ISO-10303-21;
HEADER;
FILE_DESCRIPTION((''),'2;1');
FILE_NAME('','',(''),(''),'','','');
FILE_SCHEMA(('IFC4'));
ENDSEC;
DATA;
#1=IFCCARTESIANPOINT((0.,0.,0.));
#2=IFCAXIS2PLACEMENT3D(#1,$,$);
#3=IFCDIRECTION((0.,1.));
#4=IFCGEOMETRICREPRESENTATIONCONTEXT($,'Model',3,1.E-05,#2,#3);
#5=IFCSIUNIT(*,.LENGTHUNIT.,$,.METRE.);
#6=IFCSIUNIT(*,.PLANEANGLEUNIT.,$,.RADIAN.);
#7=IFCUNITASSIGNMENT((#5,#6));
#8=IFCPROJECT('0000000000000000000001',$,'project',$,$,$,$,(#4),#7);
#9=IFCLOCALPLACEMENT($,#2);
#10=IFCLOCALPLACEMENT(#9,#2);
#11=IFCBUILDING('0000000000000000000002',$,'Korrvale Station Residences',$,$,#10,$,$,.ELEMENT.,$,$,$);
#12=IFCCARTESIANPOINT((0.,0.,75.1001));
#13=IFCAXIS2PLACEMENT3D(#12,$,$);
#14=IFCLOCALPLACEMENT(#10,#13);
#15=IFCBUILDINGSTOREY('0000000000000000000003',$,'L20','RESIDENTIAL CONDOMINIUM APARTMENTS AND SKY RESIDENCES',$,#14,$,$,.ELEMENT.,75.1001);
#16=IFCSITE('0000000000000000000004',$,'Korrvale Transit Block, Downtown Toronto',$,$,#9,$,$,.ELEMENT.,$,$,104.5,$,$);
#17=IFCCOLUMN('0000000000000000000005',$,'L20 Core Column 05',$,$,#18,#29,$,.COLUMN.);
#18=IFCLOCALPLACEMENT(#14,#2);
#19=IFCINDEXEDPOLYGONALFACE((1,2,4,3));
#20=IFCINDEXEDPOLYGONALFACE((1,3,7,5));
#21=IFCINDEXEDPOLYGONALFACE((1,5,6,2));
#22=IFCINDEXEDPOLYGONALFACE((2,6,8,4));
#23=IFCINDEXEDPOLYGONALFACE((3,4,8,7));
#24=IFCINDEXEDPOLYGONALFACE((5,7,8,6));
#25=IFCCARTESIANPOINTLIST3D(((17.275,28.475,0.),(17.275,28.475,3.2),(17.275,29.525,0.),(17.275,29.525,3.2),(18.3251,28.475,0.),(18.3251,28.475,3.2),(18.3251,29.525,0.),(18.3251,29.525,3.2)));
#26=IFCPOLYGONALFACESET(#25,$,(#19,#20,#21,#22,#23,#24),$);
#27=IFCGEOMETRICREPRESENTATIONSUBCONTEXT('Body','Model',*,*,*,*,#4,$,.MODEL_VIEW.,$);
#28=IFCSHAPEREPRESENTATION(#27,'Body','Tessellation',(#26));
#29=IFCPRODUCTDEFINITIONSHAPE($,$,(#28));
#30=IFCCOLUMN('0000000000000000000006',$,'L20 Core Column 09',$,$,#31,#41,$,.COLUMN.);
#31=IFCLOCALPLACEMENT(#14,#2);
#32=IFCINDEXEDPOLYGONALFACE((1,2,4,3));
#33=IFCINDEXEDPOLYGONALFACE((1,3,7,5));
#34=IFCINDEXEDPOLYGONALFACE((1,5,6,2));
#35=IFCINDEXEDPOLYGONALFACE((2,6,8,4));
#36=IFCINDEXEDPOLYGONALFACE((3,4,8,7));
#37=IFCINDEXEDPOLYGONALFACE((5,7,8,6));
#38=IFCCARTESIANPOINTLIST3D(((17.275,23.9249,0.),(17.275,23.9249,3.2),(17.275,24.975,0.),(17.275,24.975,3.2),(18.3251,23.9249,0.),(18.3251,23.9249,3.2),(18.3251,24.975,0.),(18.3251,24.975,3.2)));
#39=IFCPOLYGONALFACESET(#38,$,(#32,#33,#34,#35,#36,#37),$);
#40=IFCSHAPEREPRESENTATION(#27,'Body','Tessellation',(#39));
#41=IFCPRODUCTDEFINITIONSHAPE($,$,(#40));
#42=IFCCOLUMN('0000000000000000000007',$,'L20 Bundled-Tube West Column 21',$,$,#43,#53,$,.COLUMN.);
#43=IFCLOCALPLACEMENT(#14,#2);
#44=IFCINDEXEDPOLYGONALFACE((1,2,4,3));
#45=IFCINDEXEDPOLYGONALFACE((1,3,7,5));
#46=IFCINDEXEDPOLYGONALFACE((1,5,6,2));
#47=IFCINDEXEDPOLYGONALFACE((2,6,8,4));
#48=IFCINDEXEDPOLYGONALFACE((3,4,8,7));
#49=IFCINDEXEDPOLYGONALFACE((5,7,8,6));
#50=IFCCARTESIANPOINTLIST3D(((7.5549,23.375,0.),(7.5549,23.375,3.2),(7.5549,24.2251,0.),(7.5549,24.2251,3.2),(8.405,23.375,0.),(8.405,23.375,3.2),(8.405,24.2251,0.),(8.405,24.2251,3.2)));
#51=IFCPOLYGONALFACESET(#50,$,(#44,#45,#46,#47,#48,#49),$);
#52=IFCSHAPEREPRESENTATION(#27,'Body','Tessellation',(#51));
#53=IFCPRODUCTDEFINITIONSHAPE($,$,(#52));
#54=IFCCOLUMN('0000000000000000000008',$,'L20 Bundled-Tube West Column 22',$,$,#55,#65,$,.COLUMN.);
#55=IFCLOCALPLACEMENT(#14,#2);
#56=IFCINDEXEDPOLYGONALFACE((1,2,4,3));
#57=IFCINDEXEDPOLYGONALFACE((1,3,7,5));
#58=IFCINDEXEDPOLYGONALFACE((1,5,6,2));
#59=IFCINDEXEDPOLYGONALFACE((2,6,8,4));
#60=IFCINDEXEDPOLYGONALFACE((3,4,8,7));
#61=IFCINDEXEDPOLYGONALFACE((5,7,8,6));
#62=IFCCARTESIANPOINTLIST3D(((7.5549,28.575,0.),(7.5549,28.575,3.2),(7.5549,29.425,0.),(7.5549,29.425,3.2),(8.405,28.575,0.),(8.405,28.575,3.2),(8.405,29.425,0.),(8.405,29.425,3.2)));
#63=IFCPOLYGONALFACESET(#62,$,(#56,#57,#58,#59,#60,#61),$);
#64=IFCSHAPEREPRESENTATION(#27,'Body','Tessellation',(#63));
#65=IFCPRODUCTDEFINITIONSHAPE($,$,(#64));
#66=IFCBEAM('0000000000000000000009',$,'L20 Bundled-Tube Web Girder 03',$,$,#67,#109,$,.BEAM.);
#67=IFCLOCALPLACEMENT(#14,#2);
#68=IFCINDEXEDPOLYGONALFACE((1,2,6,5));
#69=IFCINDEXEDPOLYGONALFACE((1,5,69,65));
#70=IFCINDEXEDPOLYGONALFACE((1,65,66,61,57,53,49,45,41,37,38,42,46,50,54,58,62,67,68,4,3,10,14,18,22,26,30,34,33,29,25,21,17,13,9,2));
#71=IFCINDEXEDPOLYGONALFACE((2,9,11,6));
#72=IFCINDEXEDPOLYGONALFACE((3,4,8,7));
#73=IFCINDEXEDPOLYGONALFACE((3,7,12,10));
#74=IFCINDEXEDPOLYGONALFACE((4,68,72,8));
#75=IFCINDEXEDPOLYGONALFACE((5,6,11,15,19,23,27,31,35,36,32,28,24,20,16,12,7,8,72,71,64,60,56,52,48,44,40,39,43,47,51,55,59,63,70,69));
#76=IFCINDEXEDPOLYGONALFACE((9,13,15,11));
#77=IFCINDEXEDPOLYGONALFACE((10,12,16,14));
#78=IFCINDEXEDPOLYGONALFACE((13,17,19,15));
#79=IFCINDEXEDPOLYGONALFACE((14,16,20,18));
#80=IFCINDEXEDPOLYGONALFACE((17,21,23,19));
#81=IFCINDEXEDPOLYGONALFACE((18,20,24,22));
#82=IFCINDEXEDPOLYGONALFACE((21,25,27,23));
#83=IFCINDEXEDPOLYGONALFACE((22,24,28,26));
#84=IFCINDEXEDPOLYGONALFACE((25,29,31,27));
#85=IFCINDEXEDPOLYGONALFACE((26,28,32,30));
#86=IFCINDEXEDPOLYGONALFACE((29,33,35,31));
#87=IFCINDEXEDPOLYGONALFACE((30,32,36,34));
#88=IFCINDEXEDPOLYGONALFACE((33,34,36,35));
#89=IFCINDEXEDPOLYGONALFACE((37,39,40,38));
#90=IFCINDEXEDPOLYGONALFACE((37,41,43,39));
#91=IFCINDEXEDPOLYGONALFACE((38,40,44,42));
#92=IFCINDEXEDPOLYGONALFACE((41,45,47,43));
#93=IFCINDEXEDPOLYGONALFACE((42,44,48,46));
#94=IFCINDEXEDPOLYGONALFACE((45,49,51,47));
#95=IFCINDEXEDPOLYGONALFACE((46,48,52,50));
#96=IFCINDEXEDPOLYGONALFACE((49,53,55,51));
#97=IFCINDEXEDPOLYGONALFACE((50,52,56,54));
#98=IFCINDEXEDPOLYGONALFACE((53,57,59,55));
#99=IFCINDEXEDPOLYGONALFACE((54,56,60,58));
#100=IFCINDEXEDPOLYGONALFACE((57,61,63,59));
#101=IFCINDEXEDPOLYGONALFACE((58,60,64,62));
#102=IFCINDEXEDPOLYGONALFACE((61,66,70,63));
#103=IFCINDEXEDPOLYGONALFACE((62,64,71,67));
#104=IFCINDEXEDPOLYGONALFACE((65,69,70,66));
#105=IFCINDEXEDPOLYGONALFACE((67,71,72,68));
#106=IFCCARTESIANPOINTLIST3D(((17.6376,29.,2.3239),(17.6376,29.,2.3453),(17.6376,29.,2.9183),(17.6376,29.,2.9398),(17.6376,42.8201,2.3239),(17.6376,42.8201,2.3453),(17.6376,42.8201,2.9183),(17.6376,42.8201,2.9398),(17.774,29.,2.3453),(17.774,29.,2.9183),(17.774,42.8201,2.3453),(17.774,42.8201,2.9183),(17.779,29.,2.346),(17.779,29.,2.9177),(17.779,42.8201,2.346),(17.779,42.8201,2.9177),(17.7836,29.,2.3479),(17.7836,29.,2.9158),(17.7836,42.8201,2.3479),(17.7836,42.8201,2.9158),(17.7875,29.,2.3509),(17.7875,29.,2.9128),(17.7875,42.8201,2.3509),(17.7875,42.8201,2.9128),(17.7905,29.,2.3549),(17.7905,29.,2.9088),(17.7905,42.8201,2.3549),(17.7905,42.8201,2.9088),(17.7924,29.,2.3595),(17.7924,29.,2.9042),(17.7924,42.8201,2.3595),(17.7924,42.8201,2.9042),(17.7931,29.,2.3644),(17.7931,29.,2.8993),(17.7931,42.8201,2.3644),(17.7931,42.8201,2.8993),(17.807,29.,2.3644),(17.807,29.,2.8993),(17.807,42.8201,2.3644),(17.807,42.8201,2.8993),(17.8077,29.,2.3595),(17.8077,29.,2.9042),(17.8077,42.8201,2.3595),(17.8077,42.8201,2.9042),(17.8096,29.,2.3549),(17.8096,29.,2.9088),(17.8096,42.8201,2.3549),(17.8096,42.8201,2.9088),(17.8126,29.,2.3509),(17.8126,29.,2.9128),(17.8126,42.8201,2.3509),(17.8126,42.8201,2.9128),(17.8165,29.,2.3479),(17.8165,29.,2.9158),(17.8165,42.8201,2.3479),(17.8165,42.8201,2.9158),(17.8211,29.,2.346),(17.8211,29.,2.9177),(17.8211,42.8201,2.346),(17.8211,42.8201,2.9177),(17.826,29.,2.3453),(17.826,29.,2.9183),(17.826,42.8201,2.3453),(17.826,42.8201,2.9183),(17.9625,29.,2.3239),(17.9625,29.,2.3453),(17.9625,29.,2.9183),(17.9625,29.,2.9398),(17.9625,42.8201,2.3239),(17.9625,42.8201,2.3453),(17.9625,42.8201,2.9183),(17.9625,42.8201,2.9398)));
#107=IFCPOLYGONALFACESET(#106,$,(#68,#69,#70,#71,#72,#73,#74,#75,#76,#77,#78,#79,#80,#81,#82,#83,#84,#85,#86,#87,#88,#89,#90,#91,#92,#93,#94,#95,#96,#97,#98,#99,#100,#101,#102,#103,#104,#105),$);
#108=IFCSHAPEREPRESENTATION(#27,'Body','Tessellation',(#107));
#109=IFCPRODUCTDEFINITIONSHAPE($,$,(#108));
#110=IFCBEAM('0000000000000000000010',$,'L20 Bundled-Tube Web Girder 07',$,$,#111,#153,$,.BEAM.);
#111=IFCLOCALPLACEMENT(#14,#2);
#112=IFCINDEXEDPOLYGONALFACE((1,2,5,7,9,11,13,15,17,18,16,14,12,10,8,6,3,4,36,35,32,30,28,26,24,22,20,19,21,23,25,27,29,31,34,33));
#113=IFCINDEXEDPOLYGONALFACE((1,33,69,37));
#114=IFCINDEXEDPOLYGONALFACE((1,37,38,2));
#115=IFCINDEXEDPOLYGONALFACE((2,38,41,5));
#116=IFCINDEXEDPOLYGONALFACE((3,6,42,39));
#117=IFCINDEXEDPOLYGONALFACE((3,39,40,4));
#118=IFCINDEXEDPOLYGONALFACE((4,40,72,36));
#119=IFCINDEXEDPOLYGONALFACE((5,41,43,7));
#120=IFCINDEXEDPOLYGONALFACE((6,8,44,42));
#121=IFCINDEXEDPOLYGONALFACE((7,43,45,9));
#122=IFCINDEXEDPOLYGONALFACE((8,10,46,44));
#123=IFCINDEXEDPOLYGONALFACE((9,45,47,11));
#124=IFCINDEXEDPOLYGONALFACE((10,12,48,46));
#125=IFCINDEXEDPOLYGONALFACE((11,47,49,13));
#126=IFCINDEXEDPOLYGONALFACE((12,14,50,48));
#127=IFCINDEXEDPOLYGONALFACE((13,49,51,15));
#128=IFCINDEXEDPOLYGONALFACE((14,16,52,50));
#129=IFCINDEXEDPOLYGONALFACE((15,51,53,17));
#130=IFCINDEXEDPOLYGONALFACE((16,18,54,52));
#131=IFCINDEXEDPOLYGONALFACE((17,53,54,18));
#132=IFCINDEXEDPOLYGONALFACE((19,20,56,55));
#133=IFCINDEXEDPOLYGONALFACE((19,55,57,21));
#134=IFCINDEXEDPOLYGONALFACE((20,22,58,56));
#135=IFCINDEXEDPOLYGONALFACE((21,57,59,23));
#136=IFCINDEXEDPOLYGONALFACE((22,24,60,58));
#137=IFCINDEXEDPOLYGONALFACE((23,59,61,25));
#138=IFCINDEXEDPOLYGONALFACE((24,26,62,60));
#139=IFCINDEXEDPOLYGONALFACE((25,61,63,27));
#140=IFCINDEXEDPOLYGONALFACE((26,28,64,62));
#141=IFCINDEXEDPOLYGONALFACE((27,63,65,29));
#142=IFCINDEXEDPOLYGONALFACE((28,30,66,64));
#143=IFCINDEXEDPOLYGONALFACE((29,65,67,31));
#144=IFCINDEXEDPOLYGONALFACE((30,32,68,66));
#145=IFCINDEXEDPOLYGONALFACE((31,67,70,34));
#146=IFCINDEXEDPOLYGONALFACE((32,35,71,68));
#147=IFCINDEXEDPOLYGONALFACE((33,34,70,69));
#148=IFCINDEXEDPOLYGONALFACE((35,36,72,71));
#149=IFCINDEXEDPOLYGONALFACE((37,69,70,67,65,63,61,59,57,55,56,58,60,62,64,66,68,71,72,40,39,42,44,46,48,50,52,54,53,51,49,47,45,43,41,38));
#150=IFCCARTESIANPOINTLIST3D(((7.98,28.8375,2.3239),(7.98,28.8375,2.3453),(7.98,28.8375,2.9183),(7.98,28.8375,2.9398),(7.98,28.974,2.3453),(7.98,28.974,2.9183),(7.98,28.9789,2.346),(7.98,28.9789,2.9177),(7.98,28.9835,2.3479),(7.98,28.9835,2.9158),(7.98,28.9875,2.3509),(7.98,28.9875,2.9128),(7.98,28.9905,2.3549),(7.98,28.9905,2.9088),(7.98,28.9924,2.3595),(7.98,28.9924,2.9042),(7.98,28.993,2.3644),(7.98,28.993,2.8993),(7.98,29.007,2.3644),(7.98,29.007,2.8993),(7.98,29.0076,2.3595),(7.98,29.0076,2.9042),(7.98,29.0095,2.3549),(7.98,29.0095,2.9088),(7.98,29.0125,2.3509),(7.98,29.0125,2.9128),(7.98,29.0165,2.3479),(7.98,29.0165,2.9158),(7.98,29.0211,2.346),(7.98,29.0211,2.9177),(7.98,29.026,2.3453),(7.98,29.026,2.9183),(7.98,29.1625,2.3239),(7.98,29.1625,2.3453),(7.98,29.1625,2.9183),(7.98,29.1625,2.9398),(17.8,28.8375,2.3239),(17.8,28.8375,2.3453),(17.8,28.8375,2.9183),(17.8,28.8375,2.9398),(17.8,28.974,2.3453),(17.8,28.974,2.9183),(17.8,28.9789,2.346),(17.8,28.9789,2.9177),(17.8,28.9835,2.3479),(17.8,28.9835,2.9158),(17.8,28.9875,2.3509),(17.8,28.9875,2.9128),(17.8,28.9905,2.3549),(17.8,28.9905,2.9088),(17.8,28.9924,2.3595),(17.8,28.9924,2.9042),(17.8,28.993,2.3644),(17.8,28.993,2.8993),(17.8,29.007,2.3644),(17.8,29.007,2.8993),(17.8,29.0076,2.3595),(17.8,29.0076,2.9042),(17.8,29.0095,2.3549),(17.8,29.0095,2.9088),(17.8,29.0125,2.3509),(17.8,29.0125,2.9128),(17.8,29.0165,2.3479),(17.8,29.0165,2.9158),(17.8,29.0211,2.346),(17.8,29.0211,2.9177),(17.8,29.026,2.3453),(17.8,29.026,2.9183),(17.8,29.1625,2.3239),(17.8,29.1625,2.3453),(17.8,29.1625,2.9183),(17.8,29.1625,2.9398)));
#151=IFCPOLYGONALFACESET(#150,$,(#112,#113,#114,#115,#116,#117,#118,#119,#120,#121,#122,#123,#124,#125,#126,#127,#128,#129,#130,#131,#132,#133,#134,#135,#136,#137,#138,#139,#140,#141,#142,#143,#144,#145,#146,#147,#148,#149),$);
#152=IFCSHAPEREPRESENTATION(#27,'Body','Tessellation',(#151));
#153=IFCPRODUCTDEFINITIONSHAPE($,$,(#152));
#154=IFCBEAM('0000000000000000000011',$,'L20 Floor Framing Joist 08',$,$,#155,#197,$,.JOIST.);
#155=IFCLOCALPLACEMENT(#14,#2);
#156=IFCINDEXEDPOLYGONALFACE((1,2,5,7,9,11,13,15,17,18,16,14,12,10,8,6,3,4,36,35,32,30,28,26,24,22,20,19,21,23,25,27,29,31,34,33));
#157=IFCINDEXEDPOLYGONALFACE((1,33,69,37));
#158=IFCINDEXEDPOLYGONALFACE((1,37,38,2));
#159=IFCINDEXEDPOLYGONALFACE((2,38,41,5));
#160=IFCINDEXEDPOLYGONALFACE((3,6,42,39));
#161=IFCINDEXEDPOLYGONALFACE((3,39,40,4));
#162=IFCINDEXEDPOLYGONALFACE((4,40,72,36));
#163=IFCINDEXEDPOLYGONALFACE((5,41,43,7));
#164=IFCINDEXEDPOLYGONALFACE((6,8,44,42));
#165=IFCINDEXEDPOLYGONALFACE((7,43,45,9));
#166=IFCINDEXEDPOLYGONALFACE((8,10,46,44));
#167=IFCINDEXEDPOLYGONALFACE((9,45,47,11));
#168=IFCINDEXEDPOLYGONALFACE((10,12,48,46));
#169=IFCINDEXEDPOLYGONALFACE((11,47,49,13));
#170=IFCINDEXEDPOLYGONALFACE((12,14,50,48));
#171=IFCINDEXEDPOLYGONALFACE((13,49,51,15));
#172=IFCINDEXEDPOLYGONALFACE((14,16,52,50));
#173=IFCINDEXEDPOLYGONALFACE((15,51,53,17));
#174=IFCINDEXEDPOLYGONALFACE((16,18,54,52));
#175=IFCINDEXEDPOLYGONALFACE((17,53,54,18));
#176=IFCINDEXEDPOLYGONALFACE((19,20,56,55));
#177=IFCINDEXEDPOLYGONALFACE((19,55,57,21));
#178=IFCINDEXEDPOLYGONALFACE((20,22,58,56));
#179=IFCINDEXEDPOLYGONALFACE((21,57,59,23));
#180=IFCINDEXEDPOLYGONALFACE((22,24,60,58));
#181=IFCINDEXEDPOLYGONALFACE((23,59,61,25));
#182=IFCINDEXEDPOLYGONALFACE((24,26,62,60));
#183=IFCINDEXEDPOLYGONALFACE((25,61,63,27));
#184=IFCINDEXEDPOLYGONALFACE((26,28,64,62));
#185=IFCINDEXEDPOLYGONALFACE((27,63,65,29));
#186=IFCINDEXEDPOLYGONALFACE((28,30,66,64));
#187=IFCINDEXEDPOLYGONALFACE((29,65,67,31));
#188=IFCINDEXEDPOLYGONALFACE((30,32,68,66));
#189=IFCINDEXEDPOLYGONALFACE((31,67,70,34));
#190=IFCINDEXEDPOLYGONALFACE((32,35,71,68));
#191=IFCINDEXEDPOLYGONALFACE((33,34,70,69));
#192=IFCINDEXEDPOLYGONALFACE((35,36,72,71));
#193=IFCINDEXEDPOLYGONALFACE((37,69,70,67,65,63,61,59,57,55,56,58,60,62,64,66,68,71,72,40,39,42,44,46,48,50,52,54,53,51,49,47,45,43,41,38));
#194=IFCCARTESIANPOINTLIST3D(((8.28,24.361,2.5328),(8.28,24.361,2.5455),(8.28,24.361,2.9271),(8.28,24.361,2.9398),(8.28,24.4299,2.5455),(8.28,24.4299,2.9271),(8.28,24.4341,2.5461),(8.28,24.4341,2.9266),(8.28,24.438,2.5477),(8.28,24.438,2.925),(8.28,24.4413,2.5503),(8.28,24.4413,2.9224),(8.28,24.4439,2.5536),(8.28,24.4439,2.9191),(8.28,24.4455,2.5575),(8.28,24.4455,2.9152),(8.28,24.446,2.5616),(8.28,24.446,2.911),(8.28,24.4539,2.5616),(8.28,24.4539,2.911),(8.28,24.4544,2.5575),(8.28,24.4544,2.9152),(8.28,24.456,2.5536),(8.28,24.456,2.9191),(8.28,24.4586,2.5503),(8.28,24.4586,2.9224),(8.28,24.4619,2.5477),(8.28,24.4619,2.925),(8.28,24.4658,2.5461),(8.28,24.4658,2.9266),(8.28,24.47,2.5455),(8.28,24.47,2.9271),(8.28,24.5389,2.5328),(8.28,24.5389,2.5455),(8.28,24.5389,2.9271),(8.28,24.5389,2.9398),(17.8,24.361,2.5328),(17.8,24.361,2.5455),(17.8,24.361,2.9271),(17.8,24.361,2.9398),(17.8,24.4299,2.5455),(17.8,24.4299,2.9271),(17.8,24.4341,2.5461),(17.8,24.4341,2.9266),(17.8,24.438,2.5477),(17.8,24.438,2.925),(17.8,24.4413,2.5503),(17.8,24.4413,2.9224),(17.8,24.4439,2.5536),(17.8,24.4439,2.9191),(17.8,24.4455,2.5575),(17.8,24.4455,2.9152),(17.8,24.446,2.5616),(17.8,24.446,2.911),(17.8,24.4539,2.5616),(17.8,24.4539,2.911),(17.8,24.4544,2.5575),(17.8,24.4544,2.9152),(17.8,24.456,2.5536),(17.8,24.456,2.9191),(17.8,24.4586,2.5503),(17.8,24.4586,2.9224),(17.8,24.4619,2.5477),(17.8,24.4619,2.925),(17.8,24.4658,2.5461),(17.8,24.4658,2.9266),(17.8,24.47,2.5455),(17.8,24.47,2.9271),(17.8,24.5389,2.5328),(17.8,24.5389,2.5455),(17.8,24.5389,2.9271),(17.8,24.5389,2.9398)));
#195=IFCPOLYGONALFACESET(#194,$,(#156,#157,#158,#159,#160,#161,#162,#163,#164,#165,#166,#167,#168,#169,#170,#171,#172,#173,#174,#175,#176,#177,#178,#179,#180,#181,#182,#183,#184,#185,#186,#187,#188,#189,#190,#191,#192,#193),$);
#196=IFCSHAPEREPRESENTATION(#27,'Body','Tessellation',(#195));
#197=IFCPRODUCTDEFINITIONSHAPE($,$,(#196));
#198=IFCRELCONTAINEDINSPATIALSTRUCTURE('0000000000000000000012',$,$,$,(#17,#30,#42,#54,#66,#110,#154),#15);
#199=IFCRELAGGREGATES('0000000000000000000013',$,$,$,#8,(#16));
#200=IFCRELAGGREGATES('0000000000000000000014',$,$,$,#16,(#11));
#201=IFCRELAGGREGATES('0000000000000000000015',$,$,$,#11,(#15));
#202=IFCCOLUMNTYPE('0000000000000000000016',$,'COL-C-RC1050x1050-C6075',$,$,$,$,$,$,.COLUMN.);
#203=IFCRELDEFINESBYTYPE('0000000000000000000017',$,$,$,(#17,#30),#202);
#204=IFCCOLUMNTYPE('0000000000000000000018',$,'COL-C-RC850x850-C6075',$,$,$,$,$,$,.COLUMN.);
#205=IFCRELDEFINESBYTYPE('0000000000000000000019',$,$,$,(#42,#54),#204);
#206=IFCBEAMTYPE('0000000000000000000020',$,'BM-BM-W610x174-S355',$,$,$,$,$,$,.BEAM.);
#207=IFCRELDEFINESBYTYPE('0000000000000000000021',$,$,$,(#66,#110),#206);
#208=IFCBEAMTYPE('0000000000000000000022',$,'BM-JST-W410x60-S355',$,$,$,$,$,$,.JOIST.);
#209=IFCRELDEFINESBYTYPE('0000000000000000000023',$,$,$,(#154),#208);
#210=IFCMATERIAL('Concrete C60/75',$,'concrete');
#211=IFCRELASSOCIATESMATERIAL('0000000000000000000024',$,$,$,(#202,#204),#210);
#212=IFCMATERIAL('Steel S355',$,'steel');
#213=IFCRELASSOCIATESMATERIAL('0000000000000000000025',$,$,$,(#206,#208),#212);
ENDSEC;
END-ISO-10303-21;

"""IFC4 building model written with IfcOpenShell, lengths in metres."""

from ifc_helpers import new_model, si_unit, direction, frame, origin, origin_2d, place, context, subcontext, project, spatial, rectangle, i_section, extrude, material, material_profile, profile_set, type_object, element, save


model = new_model("IFC4")

# Units and contexts
model_context = context("Model", 3, precision=1e-05, world=origin(), true_north=direction((0.0, 1.0)))
body_context = subcontext(model_context, "Body", "Model", "MODEL_VIEW")
ifc_project = project(units=[si_unit("LENGTHUNIT", "METRE"), si_unit("PLANEANGLEUNIT", "RADIAN")], contexts=[model_context])

# Site, building, storey
site_placement = place(None, origin())
site = spatial("IfcSite", under=ifc_project, at=site_placement, Name="Korrvale Transit Block, Downtown Toronto", CompositionType="ELEMENT", RefElevation=104.5)
building_placement = place(site_placement, origin())
building = spatial("IfcBuilding", under=site, at=building_placement, Name="Korrvale Station Residences", CompositionType="ELEMENT")
storey_placement = place(building_placement, frame((0.0, 0.0, 75.1001)))
storey = spatial("IfcBuildingStorey", under=building, at=storey_placement, Name="L20", Description="RESIDENTIAL CONDOMINIUM APARTMENTS AND SKY RESIDENCES", CompositionType="ELEMENT", Elevation=75.1001)

# Columns
ifc_material_1 = material(Name="Concrete C60/75", Category="concrete")
ifc_material_profile_1 = material_profile(ifc_material_1, rectangle(XDim=1.05, YDim=1.05, at=origin_2d()), Name="RC1050x1050")
ifc_profile_set_1 = profile_set([ifc_material_profile_1], Name="Concrete C60/75")
column_type_1 = type_object("IfcColumnType", Name="COL-C-RC1050x1050-C6075", PredefinedType="COLUMN", material=ifc_profile_set_1)
for number, where, z_axis, x_axis, name in (
    (1, (17.8, 29.0, 0.0), (0.0, 0.0, 1.0), (1.0, 0.0, 0.0), "L20 Core Column 05"),
    (2, (17.8, 24.45, 0.0), (0.0, 0.0, 1.0), (1.0, 0.0, 0.0), "L20 Core Column 09"),
):
    element("IfcColumn", number, at=place(storey_placement, frame(where, z_axis=z_axis, x_axis=x_axis)), inside=storey, type_object=column_type_1, Name=name, PredefinedType="COLUMN", context=body_context, shape_type="SweptSolid", body=[
        extrude(rectangle(XDim=1.05, YDim=1.05, at=origin_2d()), origin(), (0.0, 0.0, 1.0), 3.2),
    ])
ifc_material_profile_2 = material_profile(ifc_material_1, rectangle(XDim=0.8501, YDim=0.8501, at=origin_2d()), Name="RC850x850")
ifc_profile_set_2 = profile_set([ifc_material_profile_2], Name="Concrete C60/75")
column_type_2 = type_object("IfcColumnType", Name="COL-C-RC850x850-C6075", PredefinedType="COLUMN", material=ifc_profile_set_2)
for number, where, z_axis, x_axis, name in (
    (3, (7.98, 23.8, 0.0), (0.0, 0.0, 1.0), (1.0, 0.0, 0.0), "L20 Bundled-Tube West Column 21"),
    (4, (7.98, 29.0, 0.0), (0.0, 0.0, 1.0), (1.0, 0.0, 0.0), "L20 Bundled-Tube West Column 22"),
):
    element("IfcColumn", number, at=place(storey_placement, frame(where, z_axis=z_axis, x_axis=x_axis)), inside=storey, type_object=column_type_2, Name=name, PredefinedType="COLUMN", context=body_context, shape_type="SweptSolid", body=[
        extrude(rectangle(XDim=0.8501, YDim=0.8501, at=origin_2d()), origin(), (0.0, 0.0, 1.0), 3.2),
    ])

# Beams
ifc_material_2 = material(Name="Steel S355", Category="steel")
ifc_material_profile_3 = material_profile(ifc_material_2, i_section(OverallWidth=0.325, OverallDepth=0.616, WebThickness=0.0139, FlangeThickness=0.0215, FilletRadius=0.019, at=origin_2d()), Name="W610x174")
ifc_profile_set_3 = profile_set([ifc_material_profile_3], Name="Steel S355")
beam_type_1 = type_object("IfcBeamType", Name="BM-BM-W610x174-S355", PredefinedType="BEAM", material=ifc_profile_set_3)
beam_1_placement = place(storey_placement, frame((17.8, 29.0, 2.6318), z_axis=(0.0, 1.0, 0.0), x_axis=(-1.0, 0.0, 0.0)))
element("IfcBeam", 5, at=beam_1_placement, inside=storey, type_object=beam_type_1, Name="L20 Bundled-Tube Web Girder 03", PredefinedType="BEAM", context=body_context, shape_type="SweptSolid", body=[
    extrude(i_section(OverallWidth=0.325, OverallDepth=0.616, WebThickness=0.0139, FlangeThickness=0.0215, FilletRadius=0.019, at=origin_2d()), origin(), (0.0, 0.0, 1.0), 13.8201),
])
beam_2_placement = place(storey_placement, frame((7.98, 29.0, 2.6318), z_axis=(1.0, 0.0, 0.0), x_axis=(0.0, 1.0, 0.0)))
element("IfcBeam", 6, at=beam_2_placement, inside=storey, type_object=beam_type_1, Name="L20 Bundled-Tube Web Girder 07", PredefinedType="BEAM", context=body_context, shape_type="SweptSolid", body=[
    extrude(i_section(OverallWidth=0.325, OverallDepth=0.616, WebThickness=0.0139, FlangeThickness=0.0215, FilletRadius=0.019, at=origin_2d()), origin(), (0.0, 0.0, 1.0), 9.8201),
])
ifc_material_profile_4 = material_profile(ifc_material_2, i_section(OverallWidth=0.178, OverallDepth=0.407, WebThickness=0.0078, FlangeThickness=0.0127, FilletRadius=0.0161, at=origin_2d()), Name="W410x60")
ifc_profile_set_4 = profile_set([ifc_material_profile_4], Name="Steel S355")
beam_type_2 = type_object("IfcBeamType", Name="BM-JST-W410x60-S355", PredefinedType="JOIST", material=ifc_profile_set_4)
beam_3_placement = place(storey_placement, frame((8.28, 24.45, 2.7363), z_axis=(1.0, 0.0, 0.0), x_axis=(0.0, 1.0, 0.0)))
element("IfcBeam", 7, at=beam_3_placement, inside=storey, type_object=beam_type_2, Name="L20 Floor Framing Joist 08", PredefinedType="JOIST", context=body_context, shape_type="SweptSolid", body=[
    extrude(i_section(OverallWidth=0.178, OverallDepth=0.407, WebThickness=0.0078, FlangeThickness=0.0127, FilletRadius=0.0161, at=origin_2d()), origin(), (0.0, 0.0, 1.0), 9.52),
])

save(model, "model.ifc")
